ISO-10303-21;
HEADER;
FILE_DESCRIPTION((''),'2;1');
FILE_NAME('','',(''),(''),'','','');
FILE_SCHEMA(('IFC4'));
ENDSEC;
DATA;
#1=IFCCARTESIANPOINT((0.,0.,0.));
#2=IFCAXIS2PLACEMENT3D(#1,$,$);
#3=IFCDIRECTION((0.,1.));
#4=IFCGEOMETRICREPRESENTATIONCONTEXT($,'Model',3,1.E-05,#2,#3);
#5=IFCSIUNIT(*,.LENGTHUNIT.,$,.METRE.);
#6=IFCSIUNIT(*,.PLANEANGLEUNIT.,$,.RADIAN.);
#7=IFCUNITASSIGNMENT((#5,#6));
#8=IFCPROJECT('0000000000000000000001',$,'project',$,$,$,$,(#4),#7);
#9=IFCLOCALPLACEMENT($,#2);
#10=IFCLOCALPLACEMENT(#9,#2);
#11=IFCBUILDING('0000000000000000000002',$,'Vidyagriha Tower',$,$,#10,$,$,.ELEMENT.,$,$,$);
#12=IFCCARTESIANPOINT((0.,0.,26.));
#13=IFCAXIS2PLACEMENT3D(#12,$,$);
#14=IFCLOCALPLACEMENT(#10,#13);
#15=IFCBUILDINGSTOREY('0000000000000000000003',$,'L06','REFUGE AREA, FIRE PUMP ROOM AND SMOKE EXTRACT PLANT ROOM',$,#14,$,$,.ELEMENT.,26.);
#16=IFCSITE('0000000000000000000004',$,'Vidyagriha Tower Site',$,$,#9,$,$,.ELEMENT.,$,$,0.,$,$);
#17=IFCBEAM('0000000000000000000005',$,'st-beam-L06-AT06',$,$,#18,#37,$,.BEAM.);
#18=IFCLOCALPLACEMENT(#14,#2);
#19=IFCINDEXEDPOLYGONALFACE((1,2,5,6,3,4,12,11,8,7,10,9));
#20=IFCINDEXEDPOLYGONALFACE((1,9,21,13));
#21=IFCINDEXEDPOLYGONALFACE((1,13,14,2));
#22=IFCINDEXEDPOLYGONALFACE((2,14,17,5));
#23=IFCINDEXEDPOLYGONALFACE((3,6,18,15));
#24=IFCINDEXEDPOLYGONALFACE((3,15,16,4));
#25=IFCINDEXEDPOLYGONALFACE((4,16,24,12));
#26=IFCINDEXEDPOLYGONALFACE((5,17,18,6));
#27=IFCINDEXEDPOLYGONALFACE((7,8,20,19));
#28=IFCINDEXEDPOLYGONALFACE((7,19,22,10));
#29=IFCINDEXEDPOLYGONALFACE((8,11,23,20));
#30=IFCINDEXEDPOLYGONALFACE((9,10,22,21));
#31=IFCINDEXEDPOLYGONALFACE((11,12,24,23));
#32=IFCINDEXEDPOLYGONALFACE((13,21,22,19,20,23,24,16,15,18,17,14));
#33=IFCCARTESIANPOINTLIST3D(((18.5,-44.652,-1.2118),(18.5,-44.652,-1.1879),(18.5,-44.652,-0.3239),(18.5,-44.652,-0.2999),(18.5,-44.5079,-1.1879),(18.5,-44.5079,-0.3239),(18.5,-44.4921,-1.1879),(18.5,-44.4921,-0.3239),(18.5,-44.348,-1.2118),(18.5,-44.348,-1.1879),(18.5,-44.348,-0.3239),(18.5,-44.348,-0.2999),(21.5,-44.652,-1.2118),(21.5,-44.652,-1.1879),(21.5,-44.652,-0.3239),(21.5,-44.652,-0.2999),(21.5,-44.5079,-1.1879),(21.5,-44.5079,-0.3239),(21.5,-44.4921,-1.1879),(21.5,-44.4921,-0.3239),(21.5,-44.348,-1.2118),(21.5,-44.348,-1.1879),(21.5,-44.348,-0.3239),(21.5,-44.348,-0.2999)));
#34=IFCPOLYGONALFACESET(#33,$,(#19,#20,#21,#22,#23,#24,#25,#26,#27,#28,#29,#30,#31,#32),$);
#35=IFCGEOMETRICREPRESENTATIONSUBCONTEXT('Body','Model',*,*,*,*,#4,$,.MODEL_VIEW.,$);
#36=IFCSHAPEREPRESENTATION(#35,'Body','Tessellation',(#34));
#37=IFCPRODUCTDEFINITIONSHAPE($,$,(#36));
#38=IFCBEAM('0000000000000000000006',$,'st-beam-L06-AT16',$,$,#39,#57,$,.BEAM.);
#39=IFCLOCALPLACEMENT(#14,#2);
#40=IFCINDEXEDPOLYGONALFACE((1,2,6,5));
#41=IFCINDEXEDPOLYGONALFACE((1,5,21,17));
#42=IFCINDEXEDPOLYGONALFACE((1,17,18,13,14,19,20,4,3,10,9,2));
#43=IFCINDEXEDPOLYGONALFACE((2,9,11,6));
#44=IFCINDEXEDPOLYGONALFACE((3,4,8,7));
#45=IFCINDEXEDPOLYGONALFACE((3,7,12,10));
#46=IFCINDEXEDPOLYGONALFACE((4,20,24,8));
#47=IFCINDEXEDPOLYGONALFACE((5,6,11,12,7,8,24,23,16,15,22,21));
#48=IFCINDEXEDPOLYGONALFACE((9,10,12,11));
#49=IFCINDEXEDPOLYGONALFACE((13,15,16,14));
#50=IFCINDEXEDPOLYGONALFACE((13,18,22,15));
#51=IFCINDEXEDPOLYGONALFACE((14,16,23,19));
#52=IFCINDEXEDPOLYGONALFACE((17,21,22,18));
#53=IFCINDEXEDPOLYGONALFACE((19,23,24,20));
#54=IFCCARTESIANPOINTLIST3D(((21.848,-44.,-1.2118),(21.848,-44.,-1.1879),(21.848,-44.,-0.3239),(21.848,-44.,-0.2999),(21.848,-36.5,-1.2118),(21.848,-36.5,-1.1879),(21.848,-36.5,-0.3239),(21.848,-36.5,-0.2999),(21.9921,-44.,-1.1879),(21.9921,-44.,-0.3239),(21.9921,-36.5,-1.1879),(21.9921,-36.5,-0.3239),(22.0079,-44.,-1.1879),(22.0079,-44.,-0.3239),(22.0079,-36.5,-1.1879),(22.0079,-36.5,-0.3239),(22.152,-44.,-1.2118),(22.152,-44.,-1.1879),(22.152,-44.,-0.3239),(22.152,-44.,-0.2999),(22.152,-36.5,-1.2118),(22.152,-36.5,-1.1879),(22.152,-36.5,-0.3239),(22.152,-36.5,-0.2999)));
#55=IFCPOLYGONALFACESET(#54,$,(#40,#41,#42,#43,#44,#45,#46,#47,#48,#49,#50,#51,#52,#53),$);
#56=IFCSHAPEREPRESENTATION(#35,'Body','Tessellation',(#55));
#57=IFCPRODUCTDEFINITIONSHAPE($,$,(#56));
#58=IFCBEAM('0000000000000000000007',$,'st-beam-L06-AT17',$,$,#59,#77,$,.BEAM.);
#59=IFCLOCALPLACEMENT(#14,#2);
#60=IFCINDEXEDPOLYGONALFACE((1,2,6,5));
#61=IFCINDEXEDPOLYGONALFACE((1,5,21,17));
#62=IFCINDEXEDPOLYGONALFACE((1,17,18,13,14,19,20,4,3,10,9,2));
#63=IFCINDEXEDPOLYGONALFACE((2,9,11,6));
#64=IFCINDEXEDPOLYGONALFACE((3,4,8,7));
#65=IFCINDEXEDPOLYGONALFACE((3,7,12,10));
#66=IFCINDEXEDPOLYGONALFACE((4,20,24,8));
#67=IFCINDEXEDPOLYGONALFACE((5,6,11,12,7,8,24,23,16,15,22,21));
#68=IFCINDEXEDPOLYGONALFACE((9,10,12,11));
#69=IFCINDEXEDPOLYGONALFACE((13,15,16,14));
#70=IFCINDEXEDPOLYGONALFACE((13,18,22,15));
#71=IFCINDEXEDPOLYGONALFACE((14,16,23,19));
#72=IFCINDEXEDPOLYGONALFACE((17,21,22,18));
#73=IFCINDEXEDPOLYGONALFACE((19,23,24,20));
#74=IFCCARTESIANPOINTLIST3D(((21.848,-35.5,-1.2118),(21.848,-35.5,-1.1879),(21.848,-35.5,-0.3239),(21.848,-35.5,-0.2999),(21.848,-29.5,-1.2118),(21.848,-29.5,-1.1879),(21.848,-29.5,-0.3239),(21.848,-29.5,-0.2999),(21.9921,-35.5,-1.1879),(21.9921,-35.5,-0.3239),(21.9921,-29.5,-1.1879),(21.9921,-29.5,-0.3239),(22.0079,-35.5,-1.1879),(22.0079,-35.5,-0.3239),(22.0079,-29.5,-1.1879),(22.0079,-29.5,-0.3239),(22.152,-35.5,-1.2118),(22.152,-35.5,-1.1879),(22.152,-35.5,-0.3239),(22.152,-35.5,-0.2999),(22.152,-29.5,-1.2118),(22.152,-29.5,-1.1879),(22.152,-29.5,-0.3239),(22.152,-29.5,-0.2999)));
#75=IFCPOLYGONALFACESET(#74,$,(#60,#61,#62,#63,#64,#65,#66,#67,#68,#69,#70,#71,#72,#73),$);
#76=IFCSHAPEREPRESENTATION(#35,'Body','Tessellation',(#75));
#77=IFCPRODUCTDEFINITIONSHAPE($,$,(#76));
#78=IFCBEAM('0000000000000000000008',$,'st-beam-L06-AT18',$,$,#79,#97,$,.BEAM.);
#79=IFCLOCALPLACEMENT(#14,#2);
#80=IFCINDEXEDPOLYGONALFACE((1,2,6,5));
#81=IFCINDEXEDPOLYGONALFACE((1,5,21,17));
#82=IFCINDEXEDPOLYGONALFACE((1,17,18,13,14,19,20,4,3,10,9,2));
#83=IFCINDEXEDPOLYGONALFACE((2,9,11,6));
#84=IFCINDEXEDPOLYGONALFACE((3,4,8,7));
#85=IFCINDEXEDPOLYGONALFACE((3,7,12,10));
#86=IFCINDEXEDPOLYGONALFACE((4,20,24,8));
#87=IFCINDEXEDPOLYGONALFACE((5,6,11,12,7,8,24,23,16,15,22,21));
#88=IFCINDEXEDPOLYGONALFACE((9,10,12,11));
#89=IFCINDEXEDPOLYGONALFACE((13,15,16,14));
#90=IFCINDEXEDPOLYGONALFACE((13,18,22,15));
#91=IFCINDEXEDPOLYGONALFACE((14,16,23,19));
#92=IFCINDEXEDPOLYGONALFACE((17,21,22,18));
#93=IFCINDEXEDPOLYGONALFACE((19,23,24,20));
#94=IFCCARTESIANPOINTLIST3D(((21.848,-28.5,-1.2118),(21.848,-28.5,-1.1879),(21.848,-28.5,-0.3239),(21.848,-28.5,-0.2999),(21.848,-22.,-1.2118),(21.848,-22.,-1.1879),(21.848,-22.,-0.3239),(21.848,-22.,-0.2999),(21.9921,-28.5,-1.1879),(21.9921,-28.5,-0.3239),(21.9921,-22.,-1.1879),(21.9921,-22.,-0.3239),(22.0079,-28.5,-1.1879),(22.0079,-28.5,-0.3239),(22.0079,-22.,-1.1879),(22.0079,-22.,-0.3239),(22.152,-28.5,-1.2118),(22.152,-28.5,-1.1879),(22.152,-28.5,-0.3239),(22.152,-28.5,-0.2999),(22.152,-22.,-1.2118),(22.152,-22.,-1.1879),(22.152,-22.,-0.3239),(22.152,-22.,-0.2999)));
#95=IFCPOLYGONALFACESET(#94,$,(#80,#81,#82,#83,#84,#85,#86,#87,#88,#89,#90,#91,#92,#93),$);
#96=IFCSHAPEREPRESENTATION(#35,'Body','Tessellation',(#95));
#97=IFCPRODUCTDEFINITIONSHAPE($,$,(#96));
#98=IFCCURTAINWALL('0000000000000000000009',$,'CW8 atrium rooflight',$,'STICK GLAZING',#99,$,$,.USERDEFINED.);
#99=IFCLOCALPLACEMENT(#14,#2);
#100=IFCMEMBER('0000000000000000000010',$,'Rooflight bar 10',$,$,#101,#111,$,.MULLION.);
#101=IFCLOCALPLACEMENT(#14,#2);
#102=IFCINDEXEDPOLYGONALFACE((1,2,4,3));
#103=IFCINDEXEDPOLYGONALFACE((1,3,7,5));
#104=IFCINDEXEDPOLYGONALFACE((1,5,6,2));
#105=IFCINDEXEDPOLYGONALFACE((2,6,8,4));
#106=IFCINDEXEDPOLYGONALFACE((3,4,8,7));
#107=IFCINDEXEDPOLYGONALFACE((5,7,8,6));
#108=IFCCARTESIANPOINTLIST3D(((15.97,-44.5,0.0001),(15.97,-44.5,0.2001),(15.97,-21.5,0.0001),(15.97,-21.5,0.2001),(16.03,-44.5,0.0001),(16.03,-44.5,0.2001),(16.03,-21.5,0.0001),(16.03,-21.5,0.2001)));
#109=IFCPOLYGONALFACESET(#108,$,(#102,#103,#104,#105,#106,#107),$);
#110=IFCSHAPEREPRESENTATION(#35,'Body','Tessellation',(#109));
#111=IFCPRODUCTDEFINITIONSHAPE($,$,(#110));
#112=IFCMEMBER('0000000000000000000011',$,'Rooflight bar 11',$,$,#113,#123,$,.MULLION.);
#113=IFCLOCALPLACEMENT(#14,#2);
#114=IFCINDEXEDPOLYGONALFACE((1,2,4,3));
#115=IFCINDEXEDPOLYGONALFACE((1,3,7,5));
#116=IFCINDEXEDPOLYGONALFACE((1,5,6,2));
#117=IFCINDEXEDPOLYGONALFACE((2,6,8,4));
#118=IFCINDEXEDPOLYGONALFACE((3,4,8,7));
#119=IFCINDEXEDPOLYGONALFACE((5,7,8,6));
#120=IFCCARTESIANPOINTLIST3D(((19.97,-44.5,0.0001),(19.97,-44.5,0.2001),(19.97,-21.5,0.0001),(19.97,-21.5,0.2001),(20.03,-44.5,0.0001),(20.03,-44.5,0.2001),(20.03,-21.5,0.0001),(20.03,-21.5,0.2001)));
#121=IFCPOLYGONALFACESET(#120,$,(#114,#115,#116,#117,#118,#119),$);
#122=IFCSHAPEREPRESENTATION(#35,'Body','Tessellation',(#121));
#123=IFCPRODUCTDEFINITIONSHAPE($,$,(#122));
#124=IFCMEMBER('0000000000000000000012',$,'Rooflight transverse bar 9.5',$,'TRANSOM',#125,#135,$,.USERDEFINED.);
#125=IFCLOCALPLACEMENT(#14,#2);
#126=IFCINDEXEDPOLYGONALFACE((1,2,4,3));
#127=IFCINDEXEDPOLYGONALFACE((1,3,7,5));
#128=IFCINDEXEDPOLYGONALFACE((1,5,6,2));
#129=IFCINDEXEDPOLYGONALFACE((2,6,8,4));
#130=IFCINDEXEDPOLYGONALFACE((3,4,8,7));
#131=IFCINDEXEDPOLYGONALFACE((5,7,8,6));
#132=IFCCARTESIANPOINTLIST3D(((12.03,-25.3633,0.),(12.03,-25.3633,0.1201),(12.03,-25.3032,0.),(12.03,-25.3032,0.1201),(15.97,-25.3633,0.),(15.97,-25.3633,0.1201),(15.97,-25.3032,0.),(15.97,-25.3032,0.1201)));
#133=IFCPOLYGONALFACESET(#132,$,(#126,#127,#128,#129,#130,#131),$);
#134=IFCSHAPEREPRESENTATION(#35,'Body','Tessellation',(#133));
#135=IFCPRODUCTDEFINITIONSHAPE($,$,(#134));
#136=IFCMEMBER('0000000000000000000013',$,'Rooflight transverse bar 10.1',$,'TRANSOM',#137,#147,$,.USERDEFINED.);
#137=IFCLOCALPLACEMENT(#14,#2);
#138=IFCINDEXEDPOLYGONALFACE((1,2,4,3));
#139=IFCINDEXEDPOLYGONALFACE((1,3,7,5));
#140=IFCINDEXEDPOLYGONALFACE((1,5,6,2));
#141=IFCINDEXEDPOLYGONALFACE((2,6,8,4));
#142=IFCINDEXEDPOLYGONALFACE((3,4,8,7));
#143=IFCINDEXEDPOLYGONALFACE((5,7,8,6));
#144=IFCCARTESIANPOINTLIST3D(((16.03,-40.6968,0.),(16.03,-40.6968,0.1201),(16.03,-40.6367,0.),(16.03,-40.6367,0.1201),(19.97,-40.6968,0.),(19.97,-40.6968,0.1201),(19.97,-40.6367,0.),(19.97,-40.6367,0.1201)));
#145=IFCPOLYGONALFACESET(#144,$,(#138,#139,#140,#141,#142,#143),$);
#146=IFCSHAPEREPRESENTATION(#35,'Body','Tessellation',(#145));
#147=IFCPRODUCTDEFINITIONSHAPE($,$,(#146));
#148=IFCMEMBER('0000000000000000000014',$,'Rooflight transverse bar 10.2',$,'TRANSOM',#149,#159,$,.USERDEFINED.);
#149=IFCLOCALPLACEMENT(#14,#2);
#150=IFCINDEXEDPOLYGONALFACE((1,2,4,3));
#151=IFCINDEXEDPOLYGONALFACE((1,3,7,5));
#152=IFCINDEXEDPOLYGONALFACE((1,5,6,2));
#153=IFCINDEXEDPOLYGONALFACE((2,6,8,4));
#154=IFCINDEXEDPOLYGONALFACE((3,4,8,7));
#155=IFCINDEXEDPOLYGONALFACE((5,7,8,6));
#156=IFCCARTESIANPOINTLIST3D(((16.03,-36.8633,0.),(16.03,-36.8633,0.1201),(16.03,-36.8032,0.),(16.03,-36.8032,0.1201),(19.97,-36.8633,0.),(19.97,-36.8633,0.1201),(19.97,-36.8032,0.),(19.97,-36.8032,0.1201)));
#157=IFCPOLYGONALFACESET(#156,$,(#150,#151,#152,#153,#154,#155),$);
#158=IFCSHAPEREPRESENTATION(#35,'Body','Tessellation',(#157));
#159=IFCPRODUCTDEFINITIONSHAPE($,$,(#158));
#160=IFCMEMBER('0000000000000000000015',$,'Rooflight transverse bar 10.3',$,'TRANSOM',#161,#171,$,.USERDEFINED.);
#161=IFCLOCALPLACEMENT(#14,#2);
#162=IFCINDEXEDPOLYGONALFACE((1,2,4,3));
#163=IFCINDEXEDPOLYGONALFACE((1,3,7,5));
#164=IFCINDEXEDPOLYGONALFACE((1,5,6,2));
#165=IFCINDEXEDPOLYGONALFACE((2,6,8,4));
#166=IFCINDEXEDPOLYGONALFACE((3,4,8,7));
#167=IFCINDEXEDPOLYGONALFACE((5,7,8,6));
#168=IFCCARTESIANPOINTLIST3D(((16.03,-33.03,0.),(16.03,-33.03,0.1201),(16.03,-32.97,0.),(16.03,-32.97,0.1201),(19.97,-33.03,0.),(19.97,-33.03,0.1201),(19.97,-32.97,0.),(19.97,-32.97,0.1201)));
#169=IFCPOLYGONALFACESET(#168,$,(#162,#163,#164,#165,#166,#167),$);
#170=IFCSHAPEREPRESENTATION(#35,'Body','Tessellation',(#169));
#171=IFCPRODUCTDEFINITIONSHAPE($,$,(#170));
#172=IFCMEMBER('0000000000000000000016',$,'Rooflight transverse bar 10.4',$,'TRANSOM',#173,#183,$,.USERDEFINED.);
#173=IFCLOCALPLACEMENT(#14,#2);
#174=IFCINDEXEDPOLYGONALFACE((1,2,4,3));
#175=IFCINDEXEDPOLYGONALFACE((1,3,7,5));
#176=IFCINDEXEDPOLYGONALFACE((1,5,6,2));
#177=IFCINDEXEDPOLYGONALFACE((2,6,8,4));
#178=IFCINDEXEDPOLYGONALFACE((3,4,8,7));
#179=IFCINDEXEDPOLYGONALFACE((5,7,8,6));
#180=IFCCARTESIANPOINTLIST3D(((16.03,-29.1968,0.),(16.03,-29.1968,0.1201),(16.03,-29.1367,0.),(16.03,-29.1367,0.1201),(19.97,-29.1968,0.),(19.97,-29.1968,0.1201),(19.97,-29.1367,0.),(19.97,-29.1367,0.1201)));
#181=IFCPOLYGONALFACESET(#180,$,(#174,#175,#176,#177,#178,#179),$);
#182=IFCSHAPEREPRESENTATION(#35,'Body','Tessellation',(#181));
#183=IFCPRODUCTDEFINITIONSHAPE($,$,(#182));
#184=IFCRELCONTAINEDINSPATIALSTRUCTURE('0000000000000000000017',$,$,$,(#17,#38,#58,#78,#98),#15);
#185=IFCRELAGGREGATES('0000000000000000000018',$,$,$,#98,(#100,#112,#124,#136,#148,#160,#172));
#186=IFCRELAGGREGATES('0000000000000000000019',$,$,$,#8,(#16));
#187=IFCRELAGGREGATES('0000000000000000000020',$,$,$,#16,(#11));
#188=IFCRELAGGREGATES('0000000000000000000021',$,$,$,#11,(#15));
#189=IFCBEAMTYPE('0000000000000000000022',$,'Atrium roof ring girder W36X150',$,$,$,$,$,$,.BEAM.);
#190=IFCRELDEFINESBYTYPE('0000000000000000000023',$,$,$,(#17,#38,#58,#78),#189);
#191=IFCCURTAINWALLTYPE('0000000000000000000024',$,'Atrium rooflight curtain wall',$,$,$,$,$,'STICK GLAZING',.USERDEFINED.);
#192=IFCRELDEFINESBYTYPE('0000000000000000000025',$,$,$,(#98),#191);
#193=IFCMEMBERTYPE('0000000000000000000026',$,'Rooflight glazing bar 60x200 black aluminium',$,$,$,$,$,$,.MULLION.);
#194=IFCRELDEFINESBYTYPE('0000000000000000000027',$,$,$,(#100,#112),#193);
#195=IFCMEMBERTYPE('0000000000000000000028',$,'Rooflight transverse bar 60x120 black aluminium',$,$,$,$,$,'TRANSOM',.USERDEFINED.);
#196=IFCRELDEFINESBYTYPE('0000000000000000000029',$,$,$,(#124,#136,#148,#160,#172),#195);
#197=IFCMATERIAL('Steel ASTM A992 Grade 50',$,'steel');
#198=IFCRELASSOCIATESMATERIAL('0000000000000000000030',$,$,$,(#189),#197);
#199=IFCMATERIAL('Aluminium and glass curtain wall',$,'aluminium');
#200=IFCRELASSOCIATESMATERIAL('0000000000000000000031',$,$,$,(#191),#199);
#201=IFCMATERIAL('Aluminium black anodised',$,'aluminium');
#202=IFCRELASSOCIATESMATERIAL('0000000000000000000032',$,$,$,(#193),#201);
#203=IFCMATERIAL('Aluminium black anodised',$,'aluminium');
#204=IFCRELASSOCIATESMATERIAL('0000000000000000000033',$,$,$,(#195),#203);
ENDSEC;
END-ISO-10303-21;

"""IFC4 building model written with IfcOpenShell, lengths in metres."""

from ifc_helpers import new_model, si_unit, direction, frame, origin, origin_2d, place, context, subcontext, project, spatial, rectangle, i_section, extrude, material, material_profile, profile_set, type_object, element, aggregate, save


model = new_model("IFC4")

# Units and contexts
model_context = context("Model", 3, precision=1e-05, world=origin(), true_north=direction((0.0, 1.0)))
body_context = subcontext(model_context, "Body", "Model", "MODEL_VIEW")
ifc_project = project(units=[si_unit("LENGTHUNIT", "METRE"), si_unit("PLANEANGLEUNIT", "RADIAN")], contexts=[model_context])

# Site, building, storey
site_placement = place(None, origin())
site = spatial("IfcSite", under=ifc_project, at=site_placement, Name="Vidyagriha Tower Site", CompositionType="ELEMENT", RefElevation=0.0)
building_placement = place(site_placement, origin())
building = spatial("IfcBuilding", under=site, at=building_placement, Name="Vidyagriha Tower", CompositionType="ELEMENT")
storey_placement = place(building_placement, frame((0.0, 0.0, 26.0)))
storey = spatial("IfcBuildingStorey", under=building, at=storey_placement, Name="L06", Description="REFUGE AREA, FIRE PUMP ROOM AND SMOKE EXTRACT PLANT ROOM", CompositionType="ELEMENT", Elevation=26.0)

# Beams
ifc_material_1 = material(Name="Steel ASTM A992 Grade 50", Category="steel")
ifc_material_profile_1 = material_profile(ifc_material_1, i_section(OverallWidth=0.304, OverallDepth=0.9119, WebThickness=0.0159, FlangeThickness=0.0239, at=origin_2d()), Name="W36X150")
ifc_profile_set_1 = profile_set([ifc_material_profile_1], Name="Steel ASTM A992 Grade 50")
beam_type = type_object("IfcBeamType", Name="Atrium roof ring girder W36X150", PredefinedType="BEAM", material=ifc_profile_set_1)
beam_1_placement = place(storey_placement, frame((18.5, -44.5, -0.7559), z_axis=(1.0, 0.0, 0.0), x_axis=(0.0, 1.0, 0.0)))
element("IfcBeam", 1, at=beam_1_placement, inside=storey, type_object=beam_type, Name="st-beam-L06-AT06", PredefinedType="BEAM", context=body_context, shape_type="SweptSolid", body=[
    extrude(i_section(OverallWidth=0.304, OverallDepth=0.9119, WebThickness=0.0159, FlangeThickness=0.0239, at=origin_2d()), origin(), (0.0, 0.0, 1.0), 3.0),
])
beam_2_placement = place(storey_placement, frame((22.0, -44.0, -0.7559), z_axis=(0.0, 1.0, 0.0), x_axis=(-1.0, 0.0, 0.0)))
element("IfcBeam", 2, at=beam_2_placement, inside=storey, type_object=beam_type, Name="st-beam-L06-AT16", PredefinedType="BEAM", context=body_context, shape_type="SweptSolid", body=[
    extrude(i_section(OverallWidth=0.304, OverallDepth=0.9119, WebThickness=0.0159, FlangeThickness=0.0239, at=origin_2d()), origin(), (0.0, 0.0, 1.0), 7.5),
])
beam_3_placement = place(storey_placement, frame((22.0, -35.5, -0.7559), z_axis=(0.0, 1.0, 0.0), x_axis=(-1.0, 0.0, 0.0)))
element("IfcBeam", 3, at=beam_3_placement, inside=storey, type_object=beam_type, Name="st-beam-L06-AT17", PredefinedType="BEAM", context=body_context, shape_type="SweptSolid", body=[
    extrude(i_section(OverallWidth=0.304, OverallDepth=0.9119, WebThickness=0.0159, FlangeThickness=0.0239, at=origin_2d()), origin(), (0.0, 0.0, 1.0), 6.0),
])
beam_4_placement = place(storey_placement, frame((22.0, -28.5, -0.7559), z_axis=(0.0, 1.0, 0.0), x_axis=(-1.0, 0.0, 0.0)))
element("IfcBeam", 4, at=beam_4_placement, inside=storey, type_object=beam_type, Name="st-beam-L06-AT18", PredefinedType="BEAM", context=body_context, shape_type="SweptSolid", body=[
    extrude(i_section(OverallWidth=0.304, OverallDepth=0.9119, WebThickness=0.0159, FlangeThickness=0.0239, at=origin_2d()), origin(), (0.0, 0.0, 1.0), 6.5),
])

# Curtain wall, members
ifc_material_2 = material(Name="Aluminium and glass curtain wall", Category="aluminium")
curtain_wall_type = type_object("IfcCurtainWallType", Name="Atrium rooflight curtain wall", ElementType="STICK GLAZING", PredefinedType="USERDEFINED", material=ifc_material_2)
curtain_wall_placement = place(storey_placement, origin())
curtain_wall = element("IfcCurtainWall", 5, at=curtain_wall_placement, inside=storey, type_object=curtain_wall_type, Name="CW8 atrium rooflight", ObjectType="STICK GLAZING", PredefinedType="USERDEFINED")
ifc_material_3 = material(Name="Aluminium black anodised", Category="aluminium")
ifc_material_profile_2 = material_profile(ifc_material_3, rectangle(XDim=0.0601, YDim=0.2, at=origin_2d()), Name="Rooflight glazing bar 60x200 black aluminium")
ifc_profile_set_2 = profile_set([ifc_material_profile_2], Name="Aluminium black anodised")
member_type_1 = type_object("IfcMemberType", Name="Rooflight glazing bar 60x200 black aluminium", PredefinedType="MULLION", material=ifc_profile_set_2)
member_1_placement = place(storey_placement, frame((16.0, -44.5, 0.1001), z_axis=(0.0, 1.0, 0.0), x_axis=(-1.0, 0.0, 0.0)))
member_1 = element("IfcMember", 6, at=member_1_placement, type_object=member_type_1, Name="Rooflight bar 10", PredefinedType="MULLION", context=body_context, shape_type="SweptSolid", body=[
    extrude(rectangle(XDim=0.0601, YDim=0.2, at=origin_2d()), origin(), (0.0, 0.0, 1.0), 23.0),
])
member_2_placement = place(storey_placement, frame((20.0, -44.5, 0.1001), z_axis=(0.0, 1.0, 0.0), x_axis=(-1.0, 0.0, 0.0)))
member_2 = element("IfcMember", 7, at=member_2_placement, type_object=member_type_1, Name="Rooflight bar 11", PredefinedType="MULLION", context=body_context, shape_type="SweptSolid", body=[
    extrude(rectangle(XDim=0.0601, YDim=0.2, at=origin_2d()), origin(), (0.0, 0.0, 1.0), 23.0),
])
ifc_material_4 = material(Name="Aluminium black anodised", Category="aluminium")
ifc_material_profile_3 = material_profile(ifc_material_4, rectangle(XDim=0.0601, YDim=0.1201, at=origin_2d()), Name="Rooflight transverse bar 60x120 black aluminium")
ifc_profile_set_3 = profile_set([ifc_material_profile_3], Name="Aluminium black anodised")
member_type_2 = type_object("IfcMemberType", Name="Rooflight transverse bar 60x120 black aluminium", ElementType="TRANSOM", PredefinedType="USERDEFINED", material=ifc_profile_set_3)
member_3_placement = place(storey_placement, frame((12.03, -25.3333, 0.0601), z_axis=(1.0, 0.0, 0.0), x_axis=(0.0, 1.0, 0.0)))
member_3 = element("IfcMember", 8, at=member_3_placement, type_object=member_type_2, Name="Rooflight transverse bar 9.5", ObjectType="TRANSOM", PredefinedType="USERDEFINED", context=body_context, shape_type="SweptSolid", body=[
    extrude(rectangle(XDim=0.0601, YDim=0.1201, at=origin_2d()), origin(), (0.0, 0.0, 1.0), 3.9399),
])
member_4_placement = place(storey_placement, frame((16.03, -40.6667, 0.0601), z_axis=(1.0, 0.0, 0.0), x_axis=(0.0, 1.0, 0.0)))
member_4 = element("IfcMember", 9, at=member_4_placement, type_object=member_type_2, Name="Rooflight transverse bar 10.1", ObjectType="TRANSOM", PredefinedType="USERDEFINED", context=body_context, shape_type="SweptSolid", body=[
    extrude(rectangle(XDim=0.0601, YDim=0.1201, at=origin_2d()), origin(), (0.0, 0.0, 1.0), 3.9399),
])
member_5_placement = place(storey_placement, frame((16.03, -36.8333, 0.0601), z_axis=(1.0, 0.0, 0.0), x_axis=(0.0, 1.0, 0.0)))
member_5 = element("IfcMember", 10, at=member_5_placement, type_object=member_type_2, Name="Rooflight transverse bar 10.2", ObjectType="TRANSOM", PredefinedType="USERDEFINED", context=body_context, shape_type="SweptSolid", body=[
    extrude(rectangle(XDim=0.0601, YDim=0.1201, at=origin_2d()), origin(), (0.0, 0.0, 1.0), 3.9399),
])
member_6_placement = place(storey_placement, frame((16.03, -33.0, 0.0601), z_axis=(1.0, 0.0, 0.0), x_axis=(0.0, 1.0, 0.0)))
member_6 = element("IfcMember", 11, at=member_6_placement, type_object=member_type_2, Name="Rooflight transverse bar 10.3", ObjectType="TRANSOM", PredefinedType="USERDEFINED", context=body_context, shape_type="SweptSolid", body=[
    extrude(rectangle(XDim=0.0601, YDim=0.1201, at=origin_2d()), origin(), (0.0, 0.0, 1.0), 3.9399),
])
member_7_placement = place(storey_placement, frame((16.03, -29.1667, 0.0601), z_axis=(1.0, 0.0, 0.0), x_axis=(0.0, 1.0, 0.0)))
member_7 = element("IfcMember", 12, at=member_7_placement, type_object=member_type_2, Name="Rooflight transverse bar 10.4", ObjectType="TRANSOM", PredefinedType="USERDEFINED", context=body_context, shape_type="SweptSolid", body=[
    extrude(rectangle(XDim=0.0601, YDim=0.1201, at=origin_2d()), origin(), (0.0, 0.0, 1.0), 3.9399),
])
aggregate(curtain_wall, [member_1, member_2, member_3, member_4, member_5, member_6, member_7])

save(model, "model.ifc")
